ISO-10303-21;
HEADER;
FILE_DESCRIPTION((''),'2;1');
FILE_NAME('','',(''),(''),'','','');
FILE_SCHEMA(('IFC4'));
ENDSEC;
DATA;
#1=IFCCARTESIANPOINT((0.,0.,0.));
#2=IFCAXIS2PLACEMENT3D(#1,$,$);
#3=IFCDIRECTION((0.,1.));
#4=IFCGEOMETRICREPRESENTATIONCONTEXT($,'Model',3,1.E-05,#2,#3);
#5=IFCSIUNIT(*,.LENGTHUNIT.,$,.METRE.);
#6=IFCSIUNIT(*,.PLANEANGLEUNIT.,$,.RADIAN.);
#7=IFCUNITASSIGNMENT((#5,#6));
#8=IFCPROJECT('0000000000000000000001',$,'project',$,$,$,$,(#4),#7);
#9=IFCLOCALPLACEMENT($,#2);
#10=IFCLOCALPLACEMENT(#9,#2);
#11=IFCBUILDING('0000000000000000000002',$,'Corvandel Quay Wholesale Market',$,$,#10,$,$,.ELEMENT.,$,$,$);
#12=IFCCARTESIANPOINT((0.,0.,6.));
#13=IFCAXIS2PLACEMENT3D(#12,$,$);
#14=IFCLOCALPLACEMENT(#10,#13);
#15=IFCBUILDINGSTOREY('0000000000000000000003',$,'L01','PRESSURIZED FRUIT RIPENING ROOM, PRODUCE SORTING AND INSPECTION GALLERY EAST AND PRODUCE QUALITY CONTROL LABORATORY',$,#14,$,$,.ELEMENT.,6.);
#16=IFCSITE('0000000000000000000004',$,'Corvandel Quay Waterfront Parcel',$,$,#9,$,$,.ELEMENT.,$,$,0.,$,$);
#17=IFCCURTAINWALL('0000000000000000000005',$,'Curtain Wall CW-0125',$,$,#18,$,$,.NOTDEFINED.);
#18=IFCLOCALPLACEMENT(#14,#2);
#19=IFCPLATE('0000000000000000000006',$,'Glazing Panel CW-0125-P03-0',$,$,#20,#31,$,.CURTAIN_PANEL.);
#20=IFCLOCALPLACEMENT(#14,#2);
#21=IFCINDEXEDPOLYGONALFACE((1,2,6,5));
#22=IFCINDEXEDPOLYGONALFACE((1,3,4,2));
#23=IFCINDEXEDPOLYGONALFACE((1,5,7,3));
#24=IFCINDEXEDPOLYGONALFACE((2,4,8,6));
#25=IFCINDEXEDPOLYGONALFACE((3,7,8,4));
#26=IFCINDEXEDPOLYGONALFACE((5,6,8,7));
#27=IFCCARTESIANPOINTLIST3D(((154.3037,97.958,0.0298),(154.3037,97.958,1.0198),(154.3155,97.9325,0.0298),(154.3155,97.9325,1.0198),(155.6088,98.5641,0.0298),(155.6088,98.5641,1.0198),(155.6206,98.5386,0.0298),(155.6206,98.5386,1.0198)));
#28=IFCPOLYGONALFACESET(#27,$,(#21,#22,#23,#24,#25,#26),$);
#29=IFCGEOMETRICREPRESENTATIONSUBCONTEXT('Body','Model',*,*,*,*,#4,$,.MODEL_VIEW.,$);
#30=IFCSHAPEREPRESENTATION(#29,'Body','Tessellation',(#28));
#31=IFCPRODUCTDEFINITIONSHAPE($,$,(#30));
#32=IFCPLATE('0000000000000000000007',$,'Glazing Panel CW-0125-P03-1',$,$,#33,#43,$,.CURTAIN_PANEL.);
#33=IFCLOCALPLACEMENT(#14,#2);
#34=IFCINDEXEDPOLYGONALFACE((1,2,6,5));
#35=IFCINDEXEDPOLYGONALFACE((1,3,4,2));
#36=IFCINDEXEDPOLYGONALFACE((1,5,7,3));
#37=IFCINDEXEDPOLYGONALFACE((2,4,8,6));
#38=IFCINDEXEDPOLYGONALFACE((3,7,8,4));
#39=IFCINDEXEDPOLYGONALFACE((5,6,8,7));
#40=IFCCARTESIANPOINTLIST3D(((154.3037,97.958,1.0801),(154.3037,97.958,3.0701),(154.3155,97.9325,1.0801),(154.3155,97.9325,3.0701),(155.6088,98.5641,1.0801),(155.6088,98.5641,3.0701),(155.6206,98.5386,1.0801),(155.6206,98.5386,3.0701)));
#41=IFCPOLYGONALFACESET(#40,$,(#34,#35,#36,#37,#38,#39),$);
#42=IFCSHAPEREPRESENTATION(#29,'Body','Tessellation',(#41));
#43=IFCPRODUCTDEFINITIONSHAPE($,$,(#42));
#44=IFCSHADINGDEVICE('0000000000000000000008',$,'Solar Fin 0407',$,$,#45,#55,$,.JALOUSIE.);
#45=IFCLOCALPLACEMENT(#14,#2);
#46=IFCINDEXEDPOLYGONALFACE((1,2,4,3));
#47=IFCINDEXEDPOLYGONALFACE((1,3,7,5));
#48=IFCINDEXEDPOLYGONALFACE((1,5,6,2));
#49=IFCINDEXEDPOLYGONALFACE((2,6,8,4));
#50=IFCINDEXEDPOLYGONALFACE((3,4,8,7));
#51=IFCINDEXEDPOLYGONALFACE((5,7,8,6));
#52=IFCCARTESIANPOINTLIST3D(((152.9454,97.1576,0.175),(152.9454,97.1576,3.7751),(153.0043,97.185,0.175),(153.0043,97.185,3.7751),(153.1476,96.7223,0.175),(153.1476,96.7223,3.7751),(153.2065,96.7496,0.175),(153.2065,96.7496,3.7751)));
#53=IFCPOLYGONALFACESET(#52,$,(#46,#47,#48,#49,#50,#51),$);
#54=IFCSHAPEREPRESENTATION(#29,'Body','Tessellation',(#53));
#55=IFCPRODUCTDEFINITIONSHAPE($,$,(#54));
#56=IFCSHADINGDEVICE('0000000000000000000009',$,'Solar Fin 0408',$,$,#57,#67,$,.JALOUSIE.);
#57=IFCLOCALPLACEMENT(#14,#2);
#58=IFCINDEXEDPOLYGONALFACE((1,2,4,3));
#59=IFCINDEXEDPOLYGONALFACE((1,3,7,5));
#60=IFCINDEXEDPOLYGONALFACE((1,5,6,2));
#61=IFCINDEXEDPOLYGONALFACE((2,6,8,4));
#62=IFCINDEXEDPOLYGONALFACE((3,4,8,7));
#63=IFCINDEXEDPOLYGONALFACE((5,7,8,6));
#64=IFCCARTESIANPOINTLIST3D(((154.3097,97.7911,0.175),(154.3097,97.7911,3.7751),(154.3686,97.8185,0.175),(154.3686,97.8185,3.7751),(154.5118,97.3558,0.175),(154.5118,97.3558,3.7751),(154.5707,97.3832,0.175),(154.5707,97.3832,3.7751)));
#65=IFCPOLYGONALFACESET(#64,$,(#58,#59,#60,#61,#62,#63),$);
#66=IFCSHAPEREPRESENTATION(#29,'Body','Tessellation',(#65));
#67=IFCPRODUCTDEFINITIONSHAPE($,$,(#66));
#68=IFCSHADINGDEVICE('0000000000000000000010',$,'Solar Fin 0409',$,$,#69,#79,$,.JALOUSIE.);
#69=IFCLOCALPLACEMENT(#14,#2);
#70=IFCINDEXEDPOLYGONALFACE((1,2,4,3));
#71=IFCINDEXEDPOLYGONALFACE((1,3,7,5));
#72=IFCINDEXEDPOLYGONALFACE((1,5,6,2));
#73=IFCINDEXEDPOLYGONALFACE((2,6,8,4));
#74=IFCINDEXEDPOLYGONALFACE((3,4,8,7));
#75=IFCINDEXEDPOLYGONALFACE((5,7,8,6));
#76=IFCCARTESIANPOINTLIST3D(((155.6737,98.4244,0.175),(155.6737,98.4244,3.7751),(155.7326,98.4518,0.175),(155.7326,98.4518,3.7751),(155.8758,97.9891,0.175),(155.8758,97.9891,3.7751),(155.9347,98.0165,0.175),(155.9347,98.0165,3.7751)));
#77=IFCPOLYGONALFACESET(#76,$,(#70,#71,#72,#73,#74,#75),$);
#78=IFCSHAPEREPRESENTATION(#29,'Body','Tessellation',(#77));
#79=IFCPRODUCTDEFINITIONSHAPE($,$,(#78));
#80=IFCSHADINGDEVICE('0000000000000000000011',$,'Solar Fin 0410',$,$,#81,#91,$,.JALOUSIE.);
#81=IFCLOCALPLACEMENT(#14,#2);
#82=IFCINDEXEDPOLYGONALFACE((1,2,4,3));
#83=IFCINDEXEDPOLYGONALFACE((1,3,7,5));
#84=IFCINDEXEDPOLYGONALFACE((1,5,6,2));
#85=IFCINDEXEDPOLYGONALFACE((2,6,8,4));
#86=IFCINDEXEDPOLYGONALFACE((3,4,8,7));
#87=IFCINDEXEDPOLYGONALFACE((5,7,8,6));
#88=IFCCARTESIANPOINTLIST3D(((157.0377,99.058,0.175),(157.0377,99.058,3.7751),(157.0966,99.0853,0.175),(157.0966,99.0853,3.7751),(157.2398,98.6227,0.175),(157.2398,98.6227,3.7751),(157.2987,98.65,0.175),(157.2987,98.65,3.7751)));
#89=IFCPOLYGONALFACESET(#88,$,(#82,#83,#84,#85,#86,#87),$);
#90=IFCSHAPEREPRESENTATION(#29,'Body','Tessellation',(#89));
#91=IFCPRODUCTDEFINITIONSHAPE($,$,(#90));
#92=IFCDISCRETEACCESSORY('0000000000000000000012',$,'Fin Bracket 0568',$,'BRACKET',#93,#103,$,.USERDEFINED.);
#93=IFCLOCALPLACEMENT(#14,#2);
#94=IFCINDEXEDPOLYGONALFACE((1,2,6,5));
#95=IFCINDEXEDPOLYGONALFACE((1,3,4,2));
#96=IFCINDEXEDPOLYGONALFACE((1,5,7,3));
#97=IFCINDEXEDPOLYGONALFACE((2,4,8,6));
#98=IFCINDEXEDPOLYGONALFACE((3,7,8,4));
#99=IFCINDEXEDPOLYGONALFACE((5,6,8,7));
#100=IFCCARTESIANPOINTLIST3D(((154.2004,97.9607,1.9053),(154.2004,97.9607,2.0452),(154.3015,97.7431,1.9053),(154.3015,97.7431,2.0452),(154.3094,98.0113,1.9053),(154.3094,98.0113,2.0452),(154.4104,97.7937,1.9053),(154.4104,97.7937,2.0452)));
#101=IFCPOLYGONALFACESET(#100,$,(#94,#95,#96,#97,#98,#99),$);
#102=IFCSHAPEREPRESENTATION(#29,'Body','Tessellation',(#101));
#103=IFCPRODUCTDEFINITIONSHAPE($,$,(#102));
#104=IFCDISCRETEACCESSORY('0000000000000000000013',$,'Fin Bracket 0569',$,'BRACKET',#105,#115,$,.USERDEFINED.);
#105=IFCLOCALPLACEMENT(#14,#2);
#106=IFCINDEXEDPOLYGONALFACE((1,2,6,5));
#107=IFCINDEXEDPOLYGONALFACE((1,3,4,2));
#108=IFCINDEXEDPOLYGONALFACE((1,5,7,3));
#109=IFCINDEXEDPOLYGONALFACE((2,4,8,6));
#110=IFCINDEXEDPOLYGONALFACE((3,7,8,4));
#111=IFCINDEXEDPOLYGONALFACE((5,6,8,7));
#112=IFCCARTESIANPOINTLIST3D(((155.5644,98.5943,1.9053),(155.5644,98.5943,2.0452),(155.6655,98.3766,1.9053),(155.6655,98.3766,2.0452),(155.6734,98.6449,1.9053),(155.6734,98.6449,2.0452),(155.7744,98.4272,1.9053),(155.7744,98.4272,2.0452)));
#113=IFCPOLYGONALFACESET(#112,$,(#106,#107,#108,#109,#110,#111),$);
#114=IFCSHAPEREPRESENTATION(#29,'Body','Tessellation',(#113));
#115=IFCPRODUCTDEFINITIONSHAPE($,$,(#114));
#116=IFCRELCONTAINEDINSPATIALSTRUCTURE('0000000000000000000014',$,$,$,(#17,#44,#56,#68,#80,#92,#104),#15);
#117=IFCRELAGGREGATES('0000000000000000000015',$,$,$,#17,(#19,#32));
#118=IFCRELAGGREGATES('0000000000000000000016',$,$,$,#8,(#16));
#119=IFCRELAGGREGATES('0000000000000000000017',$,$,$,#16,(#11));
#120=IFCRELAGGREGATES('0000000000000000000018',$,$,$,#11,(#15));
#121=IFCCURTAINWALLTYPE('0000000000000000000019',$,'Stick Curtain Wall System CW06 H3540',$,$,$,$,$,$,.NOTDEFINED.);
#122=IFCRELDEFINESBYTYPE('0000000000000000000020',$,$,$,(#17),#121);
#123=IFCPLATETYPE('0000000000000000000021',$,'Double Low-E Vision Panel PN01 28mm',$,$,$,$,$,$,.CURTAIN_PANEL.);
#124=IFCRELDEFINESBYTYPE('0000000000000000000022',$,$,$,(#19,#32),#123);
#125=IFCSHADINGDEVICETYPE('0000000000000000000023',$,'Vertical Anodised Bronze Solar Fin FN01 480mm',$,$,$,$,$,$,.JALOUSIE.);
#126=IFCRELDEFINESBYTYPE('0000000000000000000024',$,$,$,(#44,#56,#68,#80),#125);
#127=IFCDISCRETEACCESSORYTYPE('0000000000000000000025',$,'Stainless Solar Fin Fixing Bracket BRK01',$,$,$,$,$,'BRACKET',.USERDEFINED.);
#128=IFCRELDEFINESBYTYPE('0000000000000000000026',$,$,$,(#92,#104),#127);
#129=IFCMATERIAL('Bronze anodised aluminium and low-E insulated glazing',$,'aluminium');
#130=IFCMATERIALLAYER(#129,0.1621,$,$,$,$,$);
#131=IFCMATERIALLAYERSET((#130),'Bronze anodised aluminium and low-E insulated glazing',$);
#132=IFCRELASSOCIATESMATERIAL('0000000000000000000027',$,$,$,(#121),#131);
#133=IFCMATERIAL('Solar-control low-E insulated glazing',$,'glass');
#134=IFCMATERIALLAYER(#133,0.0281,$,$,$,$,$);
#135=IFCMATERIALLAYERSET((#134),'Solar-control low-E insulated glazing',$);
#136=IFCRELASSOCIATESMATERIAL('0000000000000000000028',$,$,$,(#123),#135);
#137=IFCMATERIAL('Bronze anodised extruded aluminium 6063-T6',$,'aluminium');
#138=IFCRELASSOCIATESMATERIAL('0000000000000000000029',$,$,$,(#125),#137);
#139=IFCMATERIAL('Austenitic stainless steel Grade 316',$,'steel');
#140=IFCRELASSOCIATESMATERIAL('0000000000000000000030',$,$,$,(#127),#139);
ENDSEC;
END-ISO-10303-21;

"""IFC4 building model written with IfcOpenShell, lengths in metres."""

from ifc_helpers import new_model, si_unit, direction, frame, origin, origin_2d, place, context, subcontext, project, spatial, rectangle, extrude, material, layer, layer_set, type_object, element, aggregate, save


model = new_model("IFC4")

# Units and contexts
model_context = context("Model", 3, precision=1e-05, world=origin(), true_north=direction((0.0, 1.0)))
body_context = subcontext(model_context, "Body", "Model", "MODEL_VIEW")
ifc_project = project(units=[si_unit("LENGTHUNIT", "METRE"), si_unit("PLANEANGLEUNIT", "RADIAN")], contexts=[model_context])

# Site, building, storey
site_placement = place(None, origin())
site = spatial("IfcSite", under=ifc_project, at=site_placement, Name="Corvandel Quay Waterfront Parcel", CompositionType="ELEMENT", RefElevation=0.0)
building_placement = place(site_placement, origin())
building = spatial("IfcBuilding", under=site, at=building_placement, Name="Corvandel Quay Wholesale Market", CompositionType="ELEMENT")
storey_placement = place(building_placement, frame((0.0, 0.0, 6.0)))
storey = spatial("IfcBuildingStorey", under=building, at=storey_placement, Name="L01", Description="PRESSURIZED FRUIT RIPENING ROOM, PRODUCE SORTING AND INSPECTION GALLERY EAST AND PRODUCE QUALITY CONTROL LABORATORY", CompositionType="ELEMENT", Elevation=6.0)

# Curtain wall, plates
ifc_material_1 = material(Name="Bronze anodised aluminium and low-E insulated glazing", Category="aluminium")
ifc_layer_1 = layer(ifc_material_1, 0.1621)
ifc_layer_set_1 = layer_set([ifc_layer_1], Name="Bronze anodised aluminium and low-E insulated glazing")
curtain_wall_type = type_object("IfcCurtainWallType", Name="Stick Curtain Wall System CW06 H3540", PredefinedType="NOTDEFINED", material=ifc_layer_set_1)
curtain_wall_placement = place(storey_placement, origin())
curtain_wall = element("IfcCurtainWall", 1, at=curtain_wall_placement, inside=storey, type_object=curtain_wall_type, Name="Curtain Wall CW-0125", PredefinedType="NOTDEFINED")
ifc_material_2 = material(Name="Solar-control low-E insulated glazing", Category="glass")
ifc_layer_2 = layer(ifc_material_2, 0.0281)
ifc_layer_set_2 = layer_set([ifc_layer_2], Name="Solar-control low-E insulated glazing")
plate_type_1 = type_object("IfcPlateType", Name="Double Low-E Vision Panel PN01 28mm", PredefinedType="CURTAIN_PANEL", material=ifc_layer_set_2)
plate_1_placement = place(storey_placement, frame((154.9622, 98.2483, 0.0298), z_axis=(0.0, 0.0, 1.0), x_axis=(0.906971, 0.421194, 0.0)))
plate_1 = element("IfcPlate", 2, at=plate_1_placement, type_object=plate_type_1, Name="Glazing Panel CW-0125-P03-0", PredefinedType="CURTAIN_PANEL", context=body_context, shape_type="SweptSolid", body=[
    extrude(rectangle(XDim=1.439, YDim=0.0281, at=origin_2d()), origin(), (0.0, 0.0, 1.0), 0.99),
])
plate_2_placement = place(storey_placement, frame((154.9622, 98.2483, 1.0801), z_axis=(0.0, 0.0, 1.0), x_axis=(0.906971, 0.421194, 0.0)))
plate_2 = element("IfcPlate", 3, at=plate_2_placement, type_object=plate_type_1, Name="Glazing Panel CW-0125-P03-1", PredefinedType="CURTAIN_PANEL", context=body_context, shape_type="SweptSolid", body=[
    extrude(rectangle(XDim=1.439, YDim=0.0281, at=origin_2d()), origin(), (0.0, 0.0, 1.0), 1.99),
])
aggregate(curtain_wall, [plate_1, plate_2])

# Shading devices
ifc_material_3 = material(Name="Bronze anodised extruded aluminium 6063-T6", Category="aluminium")
shading_device_type = type_object("IfcShadingDeviceType", Name="Vertical Anodised Bronze Solar Fin FN01 480mm", PredefinedType="JALOUSIE", material=ifc_material_3)
for number, where, z_axis, x_axis, name in (
    (4, (153.0759, 96.9536, 0.175), (0.0, 0.0, 1.0), (-0.421194, 0.906971, 0.0), "Solar Fin 0407"),
    (5, (154.4402, 97.5872, 0.175), (0.0, 0.0, 1.0), (-0.421194, 0.906971, 0.0), "Solar Fin 0408"),
    (6, (155.8042, 98.2205, 0.175), (0.0, 0.0, 1.0), (-0.421194, 0.906971, 0.0), "Solar Fin 0409"),
    (7, (157.1682, 98.854, 0.175), (0.0, 0.0, 1.0), (-0.421194, 0.906971, 0.0), "Solar Fin 0410"),
):
    element("IfcShadingDevice", number, at=place(storey_placement, frame(where, z_axis=z_axis, x_axis=x_axis)), inside=storey, type_object=shading_device_type, Name=name, PredefinedType="JALOUSIE", context=body_context, shape_type="SweptSolid", body=[
        extrude(rectangle(XDim=0.48, YDim=0.0649, at=origin_2d()), origin(), (0.0, 0.0, 1.0), 3.6001),
    ])

# Discrete accessories
ifc_material_4 = material(Name="Austenitic stainless steel Grade 316", Category="steel")
discrete_accessory_type = type_object("IfcDiscreteAccessoryType", Name="Stainless Solar Fin Fixing Bracket BRK01", ElementType="BRACKET", PredefinedType="USERDEFINED", material=ifc_material_4)
for number, where, z_axis, x_axis, name in (
    (8, (154.3054, 97.8772, 1.9053), (0.0, 0.0, 1.0), (-0.421194, 0.906971, 0.0), "Fin Bracket 0568"),
    (9, (155.6694, 98.5107, 1.9053), (0.0, 0.0, 1.0), (-0.421194, 0.906971, 0.0), "Fin Bracket 0569"),
):
    element("IfcDiscreteAccessory", number, at=place(storey_placement, frame(where, z_axis=z_axis, x_axis=x_axis)), inside=storey, type_object=discrete_accessory_type, Name=name, ObjectType="BRACKET", PredefinedType="USERDEFINED", context=body_context, shape_type="SweptSolid", body=[
        extrude(rectangle(XDim=0.24, YDim=0.1201, at=origin_2d()), origin(), (0.0, 0.0, 1.0), 0.1399),
    ])

save(model, "model.ifc")
